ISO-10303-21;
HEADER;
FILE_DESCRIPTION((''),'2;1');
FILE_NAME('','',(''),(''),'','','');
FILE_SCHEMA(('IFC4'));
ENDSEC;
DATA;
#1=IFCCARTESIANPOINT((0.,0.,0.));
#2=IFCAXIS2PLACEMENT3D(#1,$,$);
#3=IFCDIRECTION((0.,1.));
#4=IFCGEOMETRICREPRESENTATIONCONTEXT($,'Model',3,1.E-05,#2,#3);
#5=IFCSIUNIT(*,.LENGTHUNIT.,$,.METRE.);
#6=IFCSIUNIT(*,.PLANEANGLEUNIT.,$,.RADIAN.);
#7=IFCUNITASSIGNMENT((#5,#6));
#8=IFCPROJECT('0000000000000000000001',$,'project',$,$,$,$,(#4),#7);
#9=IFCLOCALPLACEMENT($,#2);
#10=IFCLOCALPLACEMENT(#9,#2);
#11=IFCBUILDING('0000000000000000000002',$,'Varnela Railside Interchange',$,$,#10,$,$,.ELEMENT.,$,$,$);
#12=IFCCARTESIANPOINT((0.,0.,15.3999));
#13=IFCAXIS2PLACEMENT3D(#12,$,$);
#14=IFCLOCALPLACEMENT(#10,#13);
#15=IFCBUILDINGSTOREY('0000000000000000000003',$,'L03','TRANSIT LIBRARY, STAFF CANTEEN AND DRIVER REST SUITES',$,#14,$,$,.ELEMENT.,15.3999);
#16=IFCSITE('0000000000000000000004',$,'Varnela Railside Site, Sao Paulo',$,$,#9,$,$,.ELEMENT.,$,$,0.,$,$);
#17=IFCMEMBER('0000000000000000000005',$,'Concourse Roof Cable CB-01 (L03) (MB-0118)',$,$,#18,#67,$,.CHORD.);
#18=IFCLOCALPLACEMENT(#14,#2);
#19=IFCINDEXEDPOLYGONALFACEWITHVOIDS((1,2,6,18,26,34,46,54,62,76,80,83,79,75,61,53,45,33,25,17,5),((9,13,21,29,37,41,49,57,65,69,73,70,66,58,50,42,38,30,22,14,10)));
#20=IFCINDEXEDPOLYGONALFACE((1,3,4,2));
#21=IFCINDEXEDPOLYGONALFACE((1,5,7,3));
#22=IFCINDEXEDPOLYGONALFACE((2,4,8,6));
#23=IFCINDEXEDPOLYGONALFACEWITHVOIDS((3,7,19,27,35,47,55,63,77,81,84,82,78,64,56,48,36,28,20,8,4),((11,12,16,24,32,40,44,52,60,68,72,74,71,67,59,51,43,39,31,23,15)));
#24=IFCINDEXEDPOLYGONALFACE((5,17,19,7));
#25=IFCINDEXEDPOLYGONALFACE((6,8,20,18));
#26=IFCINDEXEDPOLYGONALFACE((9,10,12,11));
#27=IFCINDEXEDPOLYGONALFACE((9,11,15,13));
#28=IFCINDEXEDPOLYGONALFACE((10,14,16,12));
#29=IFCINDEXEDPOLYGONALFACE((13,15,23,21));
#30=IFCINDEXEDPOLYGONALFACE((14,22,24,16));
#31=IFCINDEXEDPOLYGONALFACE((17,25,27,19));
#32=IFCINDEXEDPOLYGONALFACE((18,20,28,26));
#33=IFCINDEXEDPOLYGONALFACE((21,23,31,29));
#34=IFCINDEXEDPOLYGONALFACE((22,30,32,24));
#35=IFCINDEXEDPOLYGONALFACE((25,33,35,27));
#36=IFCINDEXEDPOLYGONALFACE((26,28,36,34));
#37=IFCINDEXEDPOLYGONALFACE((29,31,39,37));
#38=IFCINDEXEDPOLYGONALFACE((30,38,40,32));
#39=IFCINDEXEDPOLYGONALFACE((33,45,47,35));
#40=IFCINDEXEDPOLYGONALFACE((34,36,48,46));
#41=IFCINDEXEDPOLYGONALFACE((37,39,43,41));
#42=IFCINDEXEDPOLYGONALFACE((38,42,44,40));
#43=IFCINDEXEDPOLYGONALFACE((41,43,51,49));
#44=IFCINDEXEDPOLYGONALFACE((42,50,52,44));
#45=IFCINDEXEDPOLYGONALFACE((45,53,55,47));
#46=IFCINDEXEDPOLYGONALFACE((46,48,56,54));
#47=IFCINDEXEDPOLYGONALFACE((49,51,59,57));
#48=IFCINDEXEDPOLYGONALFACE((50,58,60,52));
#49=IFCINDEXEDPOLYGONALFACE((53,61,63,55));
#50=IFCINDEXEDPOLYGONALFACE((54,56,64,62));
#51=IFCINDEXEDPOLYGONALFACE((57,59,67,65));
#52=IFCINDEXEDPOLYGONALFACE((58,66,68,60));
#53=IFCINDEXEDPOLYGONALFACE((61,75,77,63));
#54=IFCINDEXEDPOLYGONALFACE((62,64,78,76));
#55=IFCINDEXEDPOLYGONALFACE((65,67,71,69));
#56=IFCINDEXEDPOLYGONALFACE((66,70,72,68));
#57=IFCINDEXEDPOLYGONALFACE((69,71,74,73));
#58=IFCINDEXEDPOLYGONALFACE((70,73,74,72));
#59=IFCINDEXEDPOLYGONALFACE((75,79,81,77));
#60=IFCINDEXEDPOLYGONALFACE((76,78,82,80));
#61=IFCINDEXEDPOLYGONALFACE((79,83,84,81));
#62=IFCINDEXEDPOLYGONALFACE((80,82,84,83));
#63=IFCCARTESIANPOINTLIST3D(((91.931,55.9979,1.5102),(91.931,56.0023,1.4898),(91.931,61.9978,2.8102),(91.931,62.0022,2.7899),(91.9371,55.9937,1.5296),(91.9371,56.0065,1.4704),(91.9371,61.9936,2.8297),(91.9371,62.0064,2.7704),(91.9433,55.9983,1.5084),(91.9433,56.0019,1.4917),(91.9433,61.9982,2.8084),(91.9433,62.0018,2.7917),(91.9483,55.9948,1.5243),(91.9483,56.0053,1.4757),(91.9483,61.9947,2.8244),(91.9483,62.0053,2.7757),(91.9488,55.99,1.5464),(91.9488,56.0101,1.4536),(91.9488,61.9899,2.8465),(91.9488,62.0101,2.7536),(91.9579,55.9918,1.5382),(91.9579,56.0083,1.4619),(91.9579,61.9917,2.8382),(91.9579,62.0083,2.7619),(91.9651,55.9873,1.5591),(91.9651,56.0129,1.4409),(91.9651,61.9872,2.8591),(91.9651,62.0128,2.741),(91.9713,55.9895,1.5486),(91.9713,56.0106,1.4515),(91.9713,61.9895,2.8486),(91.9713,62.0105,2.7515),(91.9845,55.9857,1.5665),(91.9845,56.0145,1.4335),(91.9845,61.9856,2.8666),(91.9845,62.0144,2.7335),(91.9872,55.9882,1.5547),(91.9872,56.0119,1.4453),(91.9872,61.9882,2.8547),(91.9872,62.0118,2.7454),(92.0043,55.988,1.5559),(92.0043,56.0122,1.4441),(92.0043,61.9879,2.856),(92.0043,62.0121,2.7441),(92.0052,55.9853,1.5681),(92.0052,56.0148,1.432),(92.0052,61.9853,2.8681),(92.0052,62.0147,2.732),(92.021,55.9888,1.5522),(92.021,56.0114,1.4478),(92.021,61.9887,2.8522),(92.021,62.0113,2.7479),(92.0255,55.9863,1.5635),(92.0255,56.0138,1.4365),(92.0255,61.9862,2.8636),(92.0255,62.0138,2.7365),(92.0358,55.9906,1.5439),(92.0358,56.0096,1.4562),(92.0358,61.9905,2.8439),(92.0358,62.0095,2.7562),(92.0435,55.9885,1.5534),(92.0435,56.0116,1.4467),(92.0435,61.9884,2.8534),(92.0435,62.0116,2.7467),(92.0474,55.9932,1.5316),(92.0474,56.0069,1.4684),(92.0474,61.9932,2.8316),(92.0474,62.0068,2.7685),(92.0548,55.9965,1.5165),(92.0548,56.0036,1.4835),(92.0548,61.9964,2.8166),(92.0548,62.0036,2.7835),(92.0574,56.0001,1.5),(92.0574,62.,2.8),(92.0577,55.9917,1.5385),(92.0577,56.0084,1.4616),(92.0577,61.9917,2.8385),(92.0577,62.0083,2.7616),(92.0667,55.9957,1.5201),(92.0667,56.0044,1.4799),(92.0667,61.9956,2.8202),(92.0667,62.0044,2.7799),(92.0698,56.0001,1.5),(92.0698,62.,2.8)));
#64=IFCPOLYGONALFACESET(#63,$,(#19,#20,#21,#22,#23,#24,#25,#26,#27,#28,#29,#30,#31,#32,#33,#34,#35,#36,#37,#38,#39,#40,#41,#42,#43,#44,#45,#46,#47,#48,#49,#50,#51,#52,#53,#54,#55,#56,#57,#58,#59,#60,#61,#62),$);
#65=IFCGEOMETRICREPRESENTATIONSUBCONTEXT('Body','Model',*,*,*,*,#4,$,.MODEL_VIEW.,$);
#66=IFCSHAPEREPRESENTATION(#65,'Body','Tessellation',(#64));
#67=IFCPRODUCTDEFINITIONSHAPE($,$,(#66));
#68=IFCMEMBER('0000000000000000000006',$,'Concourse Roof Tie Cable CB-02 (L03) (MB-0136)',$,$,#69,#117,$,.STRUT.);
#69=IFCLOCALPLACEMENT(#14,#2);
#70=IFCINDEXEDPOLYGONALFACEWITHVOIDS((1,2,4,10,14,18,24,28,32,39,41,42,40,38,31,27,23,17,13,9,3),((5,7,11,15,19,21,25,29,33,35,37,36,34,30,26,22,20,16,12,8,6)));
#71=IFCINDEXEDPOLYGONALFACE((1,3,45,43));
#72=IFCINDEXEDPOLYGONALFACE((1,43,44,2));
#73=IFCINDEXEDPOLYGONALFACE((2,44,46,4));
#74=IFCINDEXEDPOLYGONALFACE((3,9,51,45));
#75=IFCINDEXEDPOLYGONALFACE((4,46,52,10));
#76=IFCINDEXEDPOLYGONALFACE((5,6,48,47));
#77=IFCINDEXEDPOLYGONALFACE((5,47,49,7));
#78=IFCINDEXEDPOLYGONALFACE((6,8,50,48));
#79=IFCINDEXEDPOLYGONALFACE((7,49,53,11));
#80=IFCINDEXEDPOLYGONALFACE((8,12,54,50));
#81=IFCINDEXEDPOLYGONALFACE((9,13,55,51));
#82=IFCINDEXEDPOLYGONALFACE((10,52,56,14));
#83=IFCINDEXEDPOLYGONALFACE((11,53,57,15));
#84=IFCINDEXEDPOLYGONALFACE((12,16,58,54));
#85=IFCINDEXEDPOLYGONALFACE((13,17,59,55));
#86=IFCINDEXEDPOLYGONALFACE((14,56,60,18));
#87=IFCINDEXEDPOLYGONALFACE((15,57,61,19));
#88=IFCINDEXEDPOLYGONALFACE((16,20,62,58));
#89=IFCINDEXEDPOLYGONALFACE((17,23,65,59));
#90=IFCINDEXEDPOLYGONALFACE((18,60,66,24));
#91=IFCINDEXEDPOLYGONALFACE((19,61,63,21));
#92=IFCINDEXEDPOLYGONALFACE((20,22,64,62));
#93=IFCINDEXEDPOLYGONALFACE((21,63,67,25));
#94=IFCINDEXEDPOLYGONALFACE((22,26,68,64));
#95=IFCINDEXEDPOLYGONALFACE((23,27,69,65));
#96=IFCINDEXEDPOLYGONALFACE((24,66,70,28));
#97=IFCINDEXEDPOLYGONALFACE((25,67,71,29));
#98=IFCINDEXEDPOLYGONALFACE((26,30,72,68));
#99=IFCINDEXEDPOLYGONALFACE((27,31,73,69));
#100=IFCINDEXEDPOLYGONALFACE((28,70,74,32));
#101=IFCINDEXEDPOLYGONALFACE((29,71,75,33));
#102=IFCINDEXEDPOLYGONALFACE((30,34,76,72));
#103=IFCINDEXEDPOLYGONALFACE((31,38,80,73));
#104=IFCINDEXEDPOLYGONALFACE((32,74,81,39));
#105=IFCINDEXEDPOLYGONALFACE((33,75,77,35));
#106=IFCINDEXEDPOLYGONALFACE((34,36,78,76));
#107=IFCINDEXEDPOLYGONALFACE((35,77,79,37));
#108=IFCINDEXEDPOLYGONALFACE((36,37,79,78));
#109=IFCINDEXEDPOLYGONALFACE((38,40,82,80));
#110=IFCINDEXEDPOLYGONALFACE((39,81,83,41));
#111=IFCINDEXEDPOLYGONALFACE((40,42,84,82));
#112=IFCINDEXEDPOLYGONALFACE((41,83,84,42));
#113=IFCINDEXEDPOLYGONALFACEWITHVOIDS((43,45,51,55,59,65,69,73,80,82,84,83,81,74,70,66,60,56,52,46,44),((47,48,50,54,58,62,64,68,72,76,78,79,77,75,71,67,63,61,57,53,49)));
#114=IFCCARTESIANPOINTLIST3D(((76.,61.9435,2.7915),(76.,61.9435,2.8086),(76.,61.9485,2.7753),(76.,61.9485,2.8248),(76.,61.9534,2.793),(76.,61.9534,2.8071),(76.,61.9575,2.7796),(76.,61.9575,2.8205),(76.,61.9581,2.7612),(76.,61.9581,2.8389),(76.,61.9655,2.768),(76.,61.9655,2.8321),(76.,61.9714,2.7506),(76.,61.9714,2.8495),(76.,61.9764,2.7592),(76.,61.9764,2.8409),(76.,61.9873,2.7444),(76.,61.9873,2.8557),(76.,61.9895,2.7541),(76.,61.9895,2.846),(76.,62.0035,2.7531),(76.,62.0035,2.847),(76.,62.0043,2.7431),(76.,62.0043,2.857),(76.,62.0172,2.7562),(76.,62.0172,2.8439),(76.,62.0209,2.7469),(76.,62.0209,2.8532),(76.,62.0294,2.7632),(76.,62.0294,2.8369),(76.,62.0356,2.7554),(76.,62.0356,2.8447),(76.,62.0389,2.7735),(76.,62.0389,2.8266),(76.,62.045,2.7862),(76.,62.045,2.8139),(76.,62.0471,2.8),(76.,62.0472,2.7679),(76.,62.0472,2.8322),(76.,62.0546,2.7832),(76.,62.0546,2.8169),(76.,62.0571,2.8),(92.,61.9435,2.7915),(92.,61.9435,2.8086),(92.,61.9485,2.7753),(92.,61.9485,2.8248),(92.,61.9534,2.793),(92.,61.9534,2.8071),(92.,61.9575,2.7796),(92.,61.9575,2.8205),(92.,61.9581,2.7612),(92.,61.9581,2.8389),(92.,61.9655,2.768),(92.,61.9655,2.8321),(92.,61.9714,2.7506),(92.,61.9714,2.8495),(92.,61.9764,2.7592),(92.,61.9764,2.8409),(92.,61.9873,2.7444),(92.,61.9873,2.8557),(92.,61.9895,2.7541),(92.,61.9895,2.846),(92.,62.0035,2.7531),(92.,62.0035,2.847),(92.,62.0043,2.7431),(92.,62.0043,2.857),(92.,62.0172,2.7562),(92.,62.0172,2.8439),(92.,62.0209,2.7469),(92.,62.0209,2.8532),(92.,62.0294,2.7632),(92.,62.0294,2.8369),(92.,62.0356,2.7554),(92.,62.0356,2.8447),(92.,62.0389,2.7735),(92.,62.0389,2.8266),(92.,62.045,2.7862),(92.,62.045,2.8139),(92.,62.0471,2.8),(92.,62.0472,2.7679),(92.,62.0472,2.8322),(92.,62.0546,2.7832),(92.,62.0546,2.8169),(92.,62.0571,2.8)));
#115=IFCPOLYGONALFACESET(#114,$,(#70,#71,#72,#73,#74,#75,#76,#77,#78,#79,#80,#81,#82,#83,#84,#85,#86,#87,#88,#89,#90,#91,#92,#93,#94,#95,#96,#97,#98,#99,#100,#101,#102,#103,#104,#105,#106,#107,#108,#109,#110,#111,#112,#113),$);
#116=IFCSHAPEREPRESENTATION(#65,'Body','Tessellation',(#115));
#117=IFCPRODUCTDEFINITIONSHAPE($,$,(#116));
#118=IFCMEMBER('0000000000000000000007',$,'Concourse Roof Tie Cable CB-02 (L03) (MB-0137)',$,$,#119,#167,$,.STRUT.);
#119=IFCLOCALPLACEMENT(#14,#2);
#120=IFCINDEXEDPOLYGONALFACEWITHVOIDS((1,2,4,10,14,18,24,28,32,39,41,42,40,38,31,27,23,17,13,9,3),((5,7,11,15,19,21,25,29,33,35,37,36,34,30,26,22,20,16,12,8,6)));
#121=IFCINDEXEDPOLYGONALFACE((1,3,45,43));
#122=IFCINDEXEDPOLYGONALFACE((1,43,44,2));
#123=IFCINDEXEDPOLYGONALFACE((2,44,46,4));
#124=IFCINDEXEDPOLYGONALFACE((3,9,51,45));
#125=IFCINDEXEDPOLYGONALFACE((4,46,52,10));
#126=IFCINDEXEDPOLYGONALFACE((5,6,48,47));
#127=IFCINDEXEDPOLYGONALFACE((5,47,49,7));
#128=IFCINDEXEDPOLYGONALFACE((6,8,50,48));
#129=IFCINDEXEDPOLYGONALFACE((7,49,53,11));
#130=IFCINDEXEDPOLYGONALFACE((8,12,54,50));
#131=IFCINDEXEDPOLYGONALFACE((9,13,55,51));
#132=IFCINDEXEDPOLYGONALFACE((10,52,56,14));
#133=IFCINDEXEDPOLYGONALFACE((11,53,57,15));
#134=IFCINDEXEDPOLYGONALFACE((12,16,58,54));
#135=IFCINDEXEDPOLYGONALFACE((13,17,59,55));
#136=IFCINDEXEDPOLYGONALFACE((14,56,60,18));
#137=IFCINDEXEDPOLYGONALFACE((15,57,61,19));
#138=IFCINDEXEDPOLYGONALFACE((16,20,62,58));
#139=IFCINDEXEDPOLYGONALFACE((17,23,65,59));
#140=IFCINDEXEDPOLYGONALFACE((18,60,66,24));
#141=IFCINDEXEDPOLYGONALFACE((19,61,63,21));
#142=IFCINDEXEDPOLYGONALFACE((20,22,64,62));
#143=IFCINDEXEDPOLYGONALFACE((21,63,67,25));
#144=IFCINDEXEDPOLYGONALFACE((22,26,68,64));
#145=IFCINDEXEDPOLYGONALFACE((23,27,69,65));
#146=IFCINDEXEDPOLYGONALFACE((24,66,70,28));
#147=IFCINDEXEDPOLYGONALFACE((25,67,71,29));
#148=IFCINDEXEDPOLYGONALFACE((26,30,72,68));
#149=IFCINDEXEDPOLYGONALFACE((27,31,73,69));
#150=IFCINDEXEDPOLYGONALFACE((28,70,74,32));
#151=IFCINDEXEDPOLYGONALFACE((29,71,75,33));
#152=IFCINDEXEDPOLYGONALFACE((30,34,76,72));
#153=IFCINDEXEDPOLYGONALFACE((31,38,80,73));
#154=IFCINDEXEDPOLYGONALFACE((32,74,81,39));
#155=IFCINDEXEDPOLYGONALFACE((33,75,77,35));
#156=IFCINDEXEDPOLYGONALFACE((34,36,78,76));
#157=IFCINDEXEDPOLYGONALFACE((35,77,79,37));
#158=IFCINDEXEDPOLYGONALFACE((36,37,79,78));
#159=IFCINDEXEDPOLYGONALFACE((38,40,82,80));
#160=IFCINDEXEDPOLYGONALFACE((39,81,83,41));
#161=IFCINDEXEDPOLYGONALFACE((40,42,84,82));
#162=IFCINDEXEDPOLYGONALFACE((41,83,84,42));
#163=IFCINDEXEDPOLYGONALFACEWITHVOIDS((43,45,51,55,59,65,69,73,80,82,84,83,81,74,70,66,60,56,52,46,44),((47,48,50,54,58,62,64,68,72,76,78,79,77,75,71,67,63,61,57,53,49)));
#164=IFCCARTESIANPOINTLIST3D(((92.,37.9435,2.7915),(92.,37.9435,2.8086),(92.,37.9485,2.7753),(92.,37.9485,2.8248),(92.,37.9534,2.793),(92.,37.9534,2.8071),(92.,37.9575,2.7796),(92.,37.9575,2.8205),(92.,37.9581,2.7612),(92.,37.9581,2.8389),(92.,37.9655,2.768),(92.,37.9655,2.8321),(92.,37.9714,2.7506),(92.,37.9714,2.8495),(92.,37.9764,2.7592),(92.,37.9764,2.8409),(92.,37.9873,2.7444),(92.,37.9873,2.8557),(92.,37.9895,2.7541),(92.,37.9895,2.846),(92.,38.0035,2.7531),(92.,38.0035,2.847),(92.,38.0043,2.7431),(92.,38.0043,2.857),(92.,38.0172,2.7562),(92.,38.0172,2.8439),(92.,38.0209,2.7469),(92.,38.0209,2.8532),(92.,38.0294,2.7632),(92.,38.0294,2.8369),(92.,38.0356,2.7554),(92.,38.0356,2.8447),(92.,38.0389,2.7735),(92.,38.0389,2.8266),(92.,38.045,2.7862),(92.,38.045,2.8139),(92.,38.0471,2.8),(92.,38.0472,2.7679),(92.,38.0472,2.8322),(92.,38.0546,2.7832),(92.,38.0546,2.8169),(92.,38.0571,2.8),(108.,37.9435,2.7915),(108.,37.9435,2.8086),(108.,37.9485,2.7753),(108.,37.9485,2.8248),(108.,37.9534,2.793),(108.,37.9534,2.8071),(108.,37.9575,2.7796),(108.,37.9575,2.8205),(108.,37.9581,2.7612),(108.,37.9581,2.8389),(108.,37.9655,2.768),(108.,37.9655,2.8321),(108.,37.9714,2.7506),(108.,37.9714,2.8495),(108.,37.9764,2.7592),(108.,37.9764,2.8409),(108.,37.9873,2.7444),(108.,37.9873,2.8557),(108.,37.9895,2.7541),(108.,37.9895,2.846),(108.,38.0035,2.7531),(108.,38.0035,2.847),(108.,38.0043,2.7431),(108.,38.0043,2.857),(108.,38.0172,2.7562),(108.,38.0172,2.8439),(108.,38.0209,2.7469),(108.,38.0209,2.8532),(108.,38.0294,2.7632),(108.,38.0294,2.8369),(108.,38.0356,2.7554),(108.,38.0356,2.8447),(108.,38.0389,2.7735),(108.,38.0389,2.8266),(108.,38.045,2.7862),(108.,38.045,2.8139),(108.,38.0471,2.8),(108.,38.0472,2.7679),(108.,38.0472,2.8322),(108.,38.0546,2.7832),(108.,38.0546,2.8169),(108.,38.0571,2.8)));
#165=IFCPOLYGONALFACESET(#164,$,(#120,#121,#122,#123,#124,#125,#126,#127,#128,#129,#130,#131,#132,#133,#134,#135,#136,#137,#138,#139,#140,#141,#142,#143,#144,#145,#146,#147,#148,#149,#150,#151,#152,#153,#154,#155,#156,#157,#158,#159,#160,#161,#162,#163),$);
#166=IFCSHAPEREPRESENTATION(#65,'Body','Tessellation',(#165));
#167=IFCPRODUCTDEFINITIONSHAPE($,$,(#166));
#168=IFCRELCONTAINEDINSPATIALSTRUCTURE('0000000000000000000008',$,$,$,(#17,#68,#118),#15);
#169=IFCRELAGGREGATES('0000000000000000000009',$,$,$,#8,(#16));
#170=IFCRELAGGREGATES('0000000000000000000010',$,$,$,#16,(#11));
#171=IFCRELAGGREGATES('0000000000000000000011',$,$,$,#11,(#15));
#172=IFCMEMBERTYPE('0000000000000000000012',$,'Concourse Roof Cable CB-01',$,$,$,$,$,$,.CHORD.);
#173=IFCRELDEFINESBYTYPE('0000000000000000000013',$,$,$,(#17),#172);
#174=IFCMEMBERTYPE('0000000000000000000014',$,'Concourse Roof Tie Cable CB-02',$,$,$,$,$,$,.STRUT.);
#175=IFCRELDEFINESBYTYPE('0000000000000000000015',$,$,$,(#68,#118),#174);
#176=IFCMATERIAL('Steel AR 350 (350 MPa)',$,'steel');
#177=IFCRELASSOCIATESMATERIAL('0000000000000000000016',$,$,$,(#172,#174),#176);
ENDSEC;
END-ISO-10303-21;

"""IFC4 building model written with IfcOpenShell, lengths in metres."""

from ifc_helpers import new_model, si_unit, direction, frame, origin, origin_2d, place, context, subcontext, project, spatial, hollow_circle, extrude, material, material_profile, profile_set, type_object, element, save


model = new_model("IFC4")

# Units and contexts
model_context = context("Model", 3, precision=1e-05, world=origin(), true_north=direction((0.0, 1.0)))
body_context = subcontext(model_context, "Body", "Model", "MODEL_VIEW")
ifc_project = project(units=[si_unit("LENGTHUNIT", "METRE"), si_unit("PLANEANGLEUNIT", "RADIAN")], contexts=[model_context])

# Site, building, storey
site_placement = place(None, origin())
site = spatial("IfcSite", under=ifc_project, at=site_placement, Name="Varnela Railside Site, Sao Paulo", CompositionType="ELEMENT", RefElevation=0.0)
building_placement = place(site_placement, origin())
building = spatial("IfcBuilding", under=site, at=building_placement, Name="Varnela Railside Interchange", CompositionType="ELEMENT")
storey_placement = place(building_placement, frame((0.0, 0.0, 15.3999)))
storey = spatial("IfcBuildingStorey", under=building, at=storey_placement, Name="L03", Description="TRANSIT LIBRARY, STAFF CANTEEN AND DRIVER REST SUITES", CompositionType="ELEMENT", Elevation=15.3999)

# Members
ifc_material_1 = material(Name="Steel AR 350 (350 MPa)", Category="steel")
ifc_material_profile_1 = material_profile(ifc_material_1, hollow_circle(Radius=0.0698, WallThickness=0.0125, at=origin_2d()), Name="CHS 139.7x12.5")
ifc_profile_set_1 = profile_set([ifc_material_profile_1], Name="Steel AR 350 (350 MPa)")
member_type_1 = type_object("IfcMemberType", Name="Concourse Roof Cable CB-01", PredefinedType="CHORD", material=ifc_profile_set_1)
member_1_placement = place(storey_placement, frame((92.0, 62.0, 2.8), z_axis=(0.0, -0.977321, -0.211761), x_axis=(1.0, 0.0, 0.0)))
element("IfcMember", 1, at=member_1_placement, inside=storey, type_object=member_type_1, Name="Concourse Roof Cable CB-01 (L03) (MB-0118)", PredefinedType="CHORD", context=body_context, shape_type="SweptSolid", body=[
    extrude(hollow_circle(Radius=0.0698, WallThickness=0.0125, at=origin_2d()), origin(), (0.0, 0.0, 1.0), 6.1392),
])
ifc_material_profile_2 = material_profile(ifc_material_1, hollow_circle(Radius=0.0571, WallThickness=0.01, at=origin_2d()), Name="CHS 114.3x10")
ifc_profile_set_2 = profile_set([ifc_material_profile_2], Name="Steel AR 350 (350 MPa)")
member_type_2 = type_object("IfcMemberType", Name="Concourse Roof Tie Cable CB-02", PredefinedType="STRUT", material=ifc_profile_set_2)
for number, where, z_axis, x_axis, name in (
    (2, (76.0, 62.0, 2.8), (1.0, 0.0, 0.0), (0.0, 1.0, 0.0), "Concourse Roof Tie Cable CB-02 (L03) (MB-0136)"),
    (3, (92.0, 38.0, 2.8), (1.0, 0.0, 0.0), (0.0, 1.0, 0.0), "Concourse Roof Tie Cable CB-02 (L03) (MB-0137)"),
):
    element("IfcMember", number, at=place(storey_placement, frame(where, z_axis=z_axis, x_axis=x_axis)), inside=storey, type_object=member_type_2, Name=name, PredefinedType="STRUT", context=body_context, shape_type="SweptSolid", body=[
        extrude(hollow_circle(Radius=0.0571, WallThickness=0.01, at=origin_2d()), origin(), (0.0, 0.0, 1.0), 16.0),
    ])

save(model, "model.ifc")
